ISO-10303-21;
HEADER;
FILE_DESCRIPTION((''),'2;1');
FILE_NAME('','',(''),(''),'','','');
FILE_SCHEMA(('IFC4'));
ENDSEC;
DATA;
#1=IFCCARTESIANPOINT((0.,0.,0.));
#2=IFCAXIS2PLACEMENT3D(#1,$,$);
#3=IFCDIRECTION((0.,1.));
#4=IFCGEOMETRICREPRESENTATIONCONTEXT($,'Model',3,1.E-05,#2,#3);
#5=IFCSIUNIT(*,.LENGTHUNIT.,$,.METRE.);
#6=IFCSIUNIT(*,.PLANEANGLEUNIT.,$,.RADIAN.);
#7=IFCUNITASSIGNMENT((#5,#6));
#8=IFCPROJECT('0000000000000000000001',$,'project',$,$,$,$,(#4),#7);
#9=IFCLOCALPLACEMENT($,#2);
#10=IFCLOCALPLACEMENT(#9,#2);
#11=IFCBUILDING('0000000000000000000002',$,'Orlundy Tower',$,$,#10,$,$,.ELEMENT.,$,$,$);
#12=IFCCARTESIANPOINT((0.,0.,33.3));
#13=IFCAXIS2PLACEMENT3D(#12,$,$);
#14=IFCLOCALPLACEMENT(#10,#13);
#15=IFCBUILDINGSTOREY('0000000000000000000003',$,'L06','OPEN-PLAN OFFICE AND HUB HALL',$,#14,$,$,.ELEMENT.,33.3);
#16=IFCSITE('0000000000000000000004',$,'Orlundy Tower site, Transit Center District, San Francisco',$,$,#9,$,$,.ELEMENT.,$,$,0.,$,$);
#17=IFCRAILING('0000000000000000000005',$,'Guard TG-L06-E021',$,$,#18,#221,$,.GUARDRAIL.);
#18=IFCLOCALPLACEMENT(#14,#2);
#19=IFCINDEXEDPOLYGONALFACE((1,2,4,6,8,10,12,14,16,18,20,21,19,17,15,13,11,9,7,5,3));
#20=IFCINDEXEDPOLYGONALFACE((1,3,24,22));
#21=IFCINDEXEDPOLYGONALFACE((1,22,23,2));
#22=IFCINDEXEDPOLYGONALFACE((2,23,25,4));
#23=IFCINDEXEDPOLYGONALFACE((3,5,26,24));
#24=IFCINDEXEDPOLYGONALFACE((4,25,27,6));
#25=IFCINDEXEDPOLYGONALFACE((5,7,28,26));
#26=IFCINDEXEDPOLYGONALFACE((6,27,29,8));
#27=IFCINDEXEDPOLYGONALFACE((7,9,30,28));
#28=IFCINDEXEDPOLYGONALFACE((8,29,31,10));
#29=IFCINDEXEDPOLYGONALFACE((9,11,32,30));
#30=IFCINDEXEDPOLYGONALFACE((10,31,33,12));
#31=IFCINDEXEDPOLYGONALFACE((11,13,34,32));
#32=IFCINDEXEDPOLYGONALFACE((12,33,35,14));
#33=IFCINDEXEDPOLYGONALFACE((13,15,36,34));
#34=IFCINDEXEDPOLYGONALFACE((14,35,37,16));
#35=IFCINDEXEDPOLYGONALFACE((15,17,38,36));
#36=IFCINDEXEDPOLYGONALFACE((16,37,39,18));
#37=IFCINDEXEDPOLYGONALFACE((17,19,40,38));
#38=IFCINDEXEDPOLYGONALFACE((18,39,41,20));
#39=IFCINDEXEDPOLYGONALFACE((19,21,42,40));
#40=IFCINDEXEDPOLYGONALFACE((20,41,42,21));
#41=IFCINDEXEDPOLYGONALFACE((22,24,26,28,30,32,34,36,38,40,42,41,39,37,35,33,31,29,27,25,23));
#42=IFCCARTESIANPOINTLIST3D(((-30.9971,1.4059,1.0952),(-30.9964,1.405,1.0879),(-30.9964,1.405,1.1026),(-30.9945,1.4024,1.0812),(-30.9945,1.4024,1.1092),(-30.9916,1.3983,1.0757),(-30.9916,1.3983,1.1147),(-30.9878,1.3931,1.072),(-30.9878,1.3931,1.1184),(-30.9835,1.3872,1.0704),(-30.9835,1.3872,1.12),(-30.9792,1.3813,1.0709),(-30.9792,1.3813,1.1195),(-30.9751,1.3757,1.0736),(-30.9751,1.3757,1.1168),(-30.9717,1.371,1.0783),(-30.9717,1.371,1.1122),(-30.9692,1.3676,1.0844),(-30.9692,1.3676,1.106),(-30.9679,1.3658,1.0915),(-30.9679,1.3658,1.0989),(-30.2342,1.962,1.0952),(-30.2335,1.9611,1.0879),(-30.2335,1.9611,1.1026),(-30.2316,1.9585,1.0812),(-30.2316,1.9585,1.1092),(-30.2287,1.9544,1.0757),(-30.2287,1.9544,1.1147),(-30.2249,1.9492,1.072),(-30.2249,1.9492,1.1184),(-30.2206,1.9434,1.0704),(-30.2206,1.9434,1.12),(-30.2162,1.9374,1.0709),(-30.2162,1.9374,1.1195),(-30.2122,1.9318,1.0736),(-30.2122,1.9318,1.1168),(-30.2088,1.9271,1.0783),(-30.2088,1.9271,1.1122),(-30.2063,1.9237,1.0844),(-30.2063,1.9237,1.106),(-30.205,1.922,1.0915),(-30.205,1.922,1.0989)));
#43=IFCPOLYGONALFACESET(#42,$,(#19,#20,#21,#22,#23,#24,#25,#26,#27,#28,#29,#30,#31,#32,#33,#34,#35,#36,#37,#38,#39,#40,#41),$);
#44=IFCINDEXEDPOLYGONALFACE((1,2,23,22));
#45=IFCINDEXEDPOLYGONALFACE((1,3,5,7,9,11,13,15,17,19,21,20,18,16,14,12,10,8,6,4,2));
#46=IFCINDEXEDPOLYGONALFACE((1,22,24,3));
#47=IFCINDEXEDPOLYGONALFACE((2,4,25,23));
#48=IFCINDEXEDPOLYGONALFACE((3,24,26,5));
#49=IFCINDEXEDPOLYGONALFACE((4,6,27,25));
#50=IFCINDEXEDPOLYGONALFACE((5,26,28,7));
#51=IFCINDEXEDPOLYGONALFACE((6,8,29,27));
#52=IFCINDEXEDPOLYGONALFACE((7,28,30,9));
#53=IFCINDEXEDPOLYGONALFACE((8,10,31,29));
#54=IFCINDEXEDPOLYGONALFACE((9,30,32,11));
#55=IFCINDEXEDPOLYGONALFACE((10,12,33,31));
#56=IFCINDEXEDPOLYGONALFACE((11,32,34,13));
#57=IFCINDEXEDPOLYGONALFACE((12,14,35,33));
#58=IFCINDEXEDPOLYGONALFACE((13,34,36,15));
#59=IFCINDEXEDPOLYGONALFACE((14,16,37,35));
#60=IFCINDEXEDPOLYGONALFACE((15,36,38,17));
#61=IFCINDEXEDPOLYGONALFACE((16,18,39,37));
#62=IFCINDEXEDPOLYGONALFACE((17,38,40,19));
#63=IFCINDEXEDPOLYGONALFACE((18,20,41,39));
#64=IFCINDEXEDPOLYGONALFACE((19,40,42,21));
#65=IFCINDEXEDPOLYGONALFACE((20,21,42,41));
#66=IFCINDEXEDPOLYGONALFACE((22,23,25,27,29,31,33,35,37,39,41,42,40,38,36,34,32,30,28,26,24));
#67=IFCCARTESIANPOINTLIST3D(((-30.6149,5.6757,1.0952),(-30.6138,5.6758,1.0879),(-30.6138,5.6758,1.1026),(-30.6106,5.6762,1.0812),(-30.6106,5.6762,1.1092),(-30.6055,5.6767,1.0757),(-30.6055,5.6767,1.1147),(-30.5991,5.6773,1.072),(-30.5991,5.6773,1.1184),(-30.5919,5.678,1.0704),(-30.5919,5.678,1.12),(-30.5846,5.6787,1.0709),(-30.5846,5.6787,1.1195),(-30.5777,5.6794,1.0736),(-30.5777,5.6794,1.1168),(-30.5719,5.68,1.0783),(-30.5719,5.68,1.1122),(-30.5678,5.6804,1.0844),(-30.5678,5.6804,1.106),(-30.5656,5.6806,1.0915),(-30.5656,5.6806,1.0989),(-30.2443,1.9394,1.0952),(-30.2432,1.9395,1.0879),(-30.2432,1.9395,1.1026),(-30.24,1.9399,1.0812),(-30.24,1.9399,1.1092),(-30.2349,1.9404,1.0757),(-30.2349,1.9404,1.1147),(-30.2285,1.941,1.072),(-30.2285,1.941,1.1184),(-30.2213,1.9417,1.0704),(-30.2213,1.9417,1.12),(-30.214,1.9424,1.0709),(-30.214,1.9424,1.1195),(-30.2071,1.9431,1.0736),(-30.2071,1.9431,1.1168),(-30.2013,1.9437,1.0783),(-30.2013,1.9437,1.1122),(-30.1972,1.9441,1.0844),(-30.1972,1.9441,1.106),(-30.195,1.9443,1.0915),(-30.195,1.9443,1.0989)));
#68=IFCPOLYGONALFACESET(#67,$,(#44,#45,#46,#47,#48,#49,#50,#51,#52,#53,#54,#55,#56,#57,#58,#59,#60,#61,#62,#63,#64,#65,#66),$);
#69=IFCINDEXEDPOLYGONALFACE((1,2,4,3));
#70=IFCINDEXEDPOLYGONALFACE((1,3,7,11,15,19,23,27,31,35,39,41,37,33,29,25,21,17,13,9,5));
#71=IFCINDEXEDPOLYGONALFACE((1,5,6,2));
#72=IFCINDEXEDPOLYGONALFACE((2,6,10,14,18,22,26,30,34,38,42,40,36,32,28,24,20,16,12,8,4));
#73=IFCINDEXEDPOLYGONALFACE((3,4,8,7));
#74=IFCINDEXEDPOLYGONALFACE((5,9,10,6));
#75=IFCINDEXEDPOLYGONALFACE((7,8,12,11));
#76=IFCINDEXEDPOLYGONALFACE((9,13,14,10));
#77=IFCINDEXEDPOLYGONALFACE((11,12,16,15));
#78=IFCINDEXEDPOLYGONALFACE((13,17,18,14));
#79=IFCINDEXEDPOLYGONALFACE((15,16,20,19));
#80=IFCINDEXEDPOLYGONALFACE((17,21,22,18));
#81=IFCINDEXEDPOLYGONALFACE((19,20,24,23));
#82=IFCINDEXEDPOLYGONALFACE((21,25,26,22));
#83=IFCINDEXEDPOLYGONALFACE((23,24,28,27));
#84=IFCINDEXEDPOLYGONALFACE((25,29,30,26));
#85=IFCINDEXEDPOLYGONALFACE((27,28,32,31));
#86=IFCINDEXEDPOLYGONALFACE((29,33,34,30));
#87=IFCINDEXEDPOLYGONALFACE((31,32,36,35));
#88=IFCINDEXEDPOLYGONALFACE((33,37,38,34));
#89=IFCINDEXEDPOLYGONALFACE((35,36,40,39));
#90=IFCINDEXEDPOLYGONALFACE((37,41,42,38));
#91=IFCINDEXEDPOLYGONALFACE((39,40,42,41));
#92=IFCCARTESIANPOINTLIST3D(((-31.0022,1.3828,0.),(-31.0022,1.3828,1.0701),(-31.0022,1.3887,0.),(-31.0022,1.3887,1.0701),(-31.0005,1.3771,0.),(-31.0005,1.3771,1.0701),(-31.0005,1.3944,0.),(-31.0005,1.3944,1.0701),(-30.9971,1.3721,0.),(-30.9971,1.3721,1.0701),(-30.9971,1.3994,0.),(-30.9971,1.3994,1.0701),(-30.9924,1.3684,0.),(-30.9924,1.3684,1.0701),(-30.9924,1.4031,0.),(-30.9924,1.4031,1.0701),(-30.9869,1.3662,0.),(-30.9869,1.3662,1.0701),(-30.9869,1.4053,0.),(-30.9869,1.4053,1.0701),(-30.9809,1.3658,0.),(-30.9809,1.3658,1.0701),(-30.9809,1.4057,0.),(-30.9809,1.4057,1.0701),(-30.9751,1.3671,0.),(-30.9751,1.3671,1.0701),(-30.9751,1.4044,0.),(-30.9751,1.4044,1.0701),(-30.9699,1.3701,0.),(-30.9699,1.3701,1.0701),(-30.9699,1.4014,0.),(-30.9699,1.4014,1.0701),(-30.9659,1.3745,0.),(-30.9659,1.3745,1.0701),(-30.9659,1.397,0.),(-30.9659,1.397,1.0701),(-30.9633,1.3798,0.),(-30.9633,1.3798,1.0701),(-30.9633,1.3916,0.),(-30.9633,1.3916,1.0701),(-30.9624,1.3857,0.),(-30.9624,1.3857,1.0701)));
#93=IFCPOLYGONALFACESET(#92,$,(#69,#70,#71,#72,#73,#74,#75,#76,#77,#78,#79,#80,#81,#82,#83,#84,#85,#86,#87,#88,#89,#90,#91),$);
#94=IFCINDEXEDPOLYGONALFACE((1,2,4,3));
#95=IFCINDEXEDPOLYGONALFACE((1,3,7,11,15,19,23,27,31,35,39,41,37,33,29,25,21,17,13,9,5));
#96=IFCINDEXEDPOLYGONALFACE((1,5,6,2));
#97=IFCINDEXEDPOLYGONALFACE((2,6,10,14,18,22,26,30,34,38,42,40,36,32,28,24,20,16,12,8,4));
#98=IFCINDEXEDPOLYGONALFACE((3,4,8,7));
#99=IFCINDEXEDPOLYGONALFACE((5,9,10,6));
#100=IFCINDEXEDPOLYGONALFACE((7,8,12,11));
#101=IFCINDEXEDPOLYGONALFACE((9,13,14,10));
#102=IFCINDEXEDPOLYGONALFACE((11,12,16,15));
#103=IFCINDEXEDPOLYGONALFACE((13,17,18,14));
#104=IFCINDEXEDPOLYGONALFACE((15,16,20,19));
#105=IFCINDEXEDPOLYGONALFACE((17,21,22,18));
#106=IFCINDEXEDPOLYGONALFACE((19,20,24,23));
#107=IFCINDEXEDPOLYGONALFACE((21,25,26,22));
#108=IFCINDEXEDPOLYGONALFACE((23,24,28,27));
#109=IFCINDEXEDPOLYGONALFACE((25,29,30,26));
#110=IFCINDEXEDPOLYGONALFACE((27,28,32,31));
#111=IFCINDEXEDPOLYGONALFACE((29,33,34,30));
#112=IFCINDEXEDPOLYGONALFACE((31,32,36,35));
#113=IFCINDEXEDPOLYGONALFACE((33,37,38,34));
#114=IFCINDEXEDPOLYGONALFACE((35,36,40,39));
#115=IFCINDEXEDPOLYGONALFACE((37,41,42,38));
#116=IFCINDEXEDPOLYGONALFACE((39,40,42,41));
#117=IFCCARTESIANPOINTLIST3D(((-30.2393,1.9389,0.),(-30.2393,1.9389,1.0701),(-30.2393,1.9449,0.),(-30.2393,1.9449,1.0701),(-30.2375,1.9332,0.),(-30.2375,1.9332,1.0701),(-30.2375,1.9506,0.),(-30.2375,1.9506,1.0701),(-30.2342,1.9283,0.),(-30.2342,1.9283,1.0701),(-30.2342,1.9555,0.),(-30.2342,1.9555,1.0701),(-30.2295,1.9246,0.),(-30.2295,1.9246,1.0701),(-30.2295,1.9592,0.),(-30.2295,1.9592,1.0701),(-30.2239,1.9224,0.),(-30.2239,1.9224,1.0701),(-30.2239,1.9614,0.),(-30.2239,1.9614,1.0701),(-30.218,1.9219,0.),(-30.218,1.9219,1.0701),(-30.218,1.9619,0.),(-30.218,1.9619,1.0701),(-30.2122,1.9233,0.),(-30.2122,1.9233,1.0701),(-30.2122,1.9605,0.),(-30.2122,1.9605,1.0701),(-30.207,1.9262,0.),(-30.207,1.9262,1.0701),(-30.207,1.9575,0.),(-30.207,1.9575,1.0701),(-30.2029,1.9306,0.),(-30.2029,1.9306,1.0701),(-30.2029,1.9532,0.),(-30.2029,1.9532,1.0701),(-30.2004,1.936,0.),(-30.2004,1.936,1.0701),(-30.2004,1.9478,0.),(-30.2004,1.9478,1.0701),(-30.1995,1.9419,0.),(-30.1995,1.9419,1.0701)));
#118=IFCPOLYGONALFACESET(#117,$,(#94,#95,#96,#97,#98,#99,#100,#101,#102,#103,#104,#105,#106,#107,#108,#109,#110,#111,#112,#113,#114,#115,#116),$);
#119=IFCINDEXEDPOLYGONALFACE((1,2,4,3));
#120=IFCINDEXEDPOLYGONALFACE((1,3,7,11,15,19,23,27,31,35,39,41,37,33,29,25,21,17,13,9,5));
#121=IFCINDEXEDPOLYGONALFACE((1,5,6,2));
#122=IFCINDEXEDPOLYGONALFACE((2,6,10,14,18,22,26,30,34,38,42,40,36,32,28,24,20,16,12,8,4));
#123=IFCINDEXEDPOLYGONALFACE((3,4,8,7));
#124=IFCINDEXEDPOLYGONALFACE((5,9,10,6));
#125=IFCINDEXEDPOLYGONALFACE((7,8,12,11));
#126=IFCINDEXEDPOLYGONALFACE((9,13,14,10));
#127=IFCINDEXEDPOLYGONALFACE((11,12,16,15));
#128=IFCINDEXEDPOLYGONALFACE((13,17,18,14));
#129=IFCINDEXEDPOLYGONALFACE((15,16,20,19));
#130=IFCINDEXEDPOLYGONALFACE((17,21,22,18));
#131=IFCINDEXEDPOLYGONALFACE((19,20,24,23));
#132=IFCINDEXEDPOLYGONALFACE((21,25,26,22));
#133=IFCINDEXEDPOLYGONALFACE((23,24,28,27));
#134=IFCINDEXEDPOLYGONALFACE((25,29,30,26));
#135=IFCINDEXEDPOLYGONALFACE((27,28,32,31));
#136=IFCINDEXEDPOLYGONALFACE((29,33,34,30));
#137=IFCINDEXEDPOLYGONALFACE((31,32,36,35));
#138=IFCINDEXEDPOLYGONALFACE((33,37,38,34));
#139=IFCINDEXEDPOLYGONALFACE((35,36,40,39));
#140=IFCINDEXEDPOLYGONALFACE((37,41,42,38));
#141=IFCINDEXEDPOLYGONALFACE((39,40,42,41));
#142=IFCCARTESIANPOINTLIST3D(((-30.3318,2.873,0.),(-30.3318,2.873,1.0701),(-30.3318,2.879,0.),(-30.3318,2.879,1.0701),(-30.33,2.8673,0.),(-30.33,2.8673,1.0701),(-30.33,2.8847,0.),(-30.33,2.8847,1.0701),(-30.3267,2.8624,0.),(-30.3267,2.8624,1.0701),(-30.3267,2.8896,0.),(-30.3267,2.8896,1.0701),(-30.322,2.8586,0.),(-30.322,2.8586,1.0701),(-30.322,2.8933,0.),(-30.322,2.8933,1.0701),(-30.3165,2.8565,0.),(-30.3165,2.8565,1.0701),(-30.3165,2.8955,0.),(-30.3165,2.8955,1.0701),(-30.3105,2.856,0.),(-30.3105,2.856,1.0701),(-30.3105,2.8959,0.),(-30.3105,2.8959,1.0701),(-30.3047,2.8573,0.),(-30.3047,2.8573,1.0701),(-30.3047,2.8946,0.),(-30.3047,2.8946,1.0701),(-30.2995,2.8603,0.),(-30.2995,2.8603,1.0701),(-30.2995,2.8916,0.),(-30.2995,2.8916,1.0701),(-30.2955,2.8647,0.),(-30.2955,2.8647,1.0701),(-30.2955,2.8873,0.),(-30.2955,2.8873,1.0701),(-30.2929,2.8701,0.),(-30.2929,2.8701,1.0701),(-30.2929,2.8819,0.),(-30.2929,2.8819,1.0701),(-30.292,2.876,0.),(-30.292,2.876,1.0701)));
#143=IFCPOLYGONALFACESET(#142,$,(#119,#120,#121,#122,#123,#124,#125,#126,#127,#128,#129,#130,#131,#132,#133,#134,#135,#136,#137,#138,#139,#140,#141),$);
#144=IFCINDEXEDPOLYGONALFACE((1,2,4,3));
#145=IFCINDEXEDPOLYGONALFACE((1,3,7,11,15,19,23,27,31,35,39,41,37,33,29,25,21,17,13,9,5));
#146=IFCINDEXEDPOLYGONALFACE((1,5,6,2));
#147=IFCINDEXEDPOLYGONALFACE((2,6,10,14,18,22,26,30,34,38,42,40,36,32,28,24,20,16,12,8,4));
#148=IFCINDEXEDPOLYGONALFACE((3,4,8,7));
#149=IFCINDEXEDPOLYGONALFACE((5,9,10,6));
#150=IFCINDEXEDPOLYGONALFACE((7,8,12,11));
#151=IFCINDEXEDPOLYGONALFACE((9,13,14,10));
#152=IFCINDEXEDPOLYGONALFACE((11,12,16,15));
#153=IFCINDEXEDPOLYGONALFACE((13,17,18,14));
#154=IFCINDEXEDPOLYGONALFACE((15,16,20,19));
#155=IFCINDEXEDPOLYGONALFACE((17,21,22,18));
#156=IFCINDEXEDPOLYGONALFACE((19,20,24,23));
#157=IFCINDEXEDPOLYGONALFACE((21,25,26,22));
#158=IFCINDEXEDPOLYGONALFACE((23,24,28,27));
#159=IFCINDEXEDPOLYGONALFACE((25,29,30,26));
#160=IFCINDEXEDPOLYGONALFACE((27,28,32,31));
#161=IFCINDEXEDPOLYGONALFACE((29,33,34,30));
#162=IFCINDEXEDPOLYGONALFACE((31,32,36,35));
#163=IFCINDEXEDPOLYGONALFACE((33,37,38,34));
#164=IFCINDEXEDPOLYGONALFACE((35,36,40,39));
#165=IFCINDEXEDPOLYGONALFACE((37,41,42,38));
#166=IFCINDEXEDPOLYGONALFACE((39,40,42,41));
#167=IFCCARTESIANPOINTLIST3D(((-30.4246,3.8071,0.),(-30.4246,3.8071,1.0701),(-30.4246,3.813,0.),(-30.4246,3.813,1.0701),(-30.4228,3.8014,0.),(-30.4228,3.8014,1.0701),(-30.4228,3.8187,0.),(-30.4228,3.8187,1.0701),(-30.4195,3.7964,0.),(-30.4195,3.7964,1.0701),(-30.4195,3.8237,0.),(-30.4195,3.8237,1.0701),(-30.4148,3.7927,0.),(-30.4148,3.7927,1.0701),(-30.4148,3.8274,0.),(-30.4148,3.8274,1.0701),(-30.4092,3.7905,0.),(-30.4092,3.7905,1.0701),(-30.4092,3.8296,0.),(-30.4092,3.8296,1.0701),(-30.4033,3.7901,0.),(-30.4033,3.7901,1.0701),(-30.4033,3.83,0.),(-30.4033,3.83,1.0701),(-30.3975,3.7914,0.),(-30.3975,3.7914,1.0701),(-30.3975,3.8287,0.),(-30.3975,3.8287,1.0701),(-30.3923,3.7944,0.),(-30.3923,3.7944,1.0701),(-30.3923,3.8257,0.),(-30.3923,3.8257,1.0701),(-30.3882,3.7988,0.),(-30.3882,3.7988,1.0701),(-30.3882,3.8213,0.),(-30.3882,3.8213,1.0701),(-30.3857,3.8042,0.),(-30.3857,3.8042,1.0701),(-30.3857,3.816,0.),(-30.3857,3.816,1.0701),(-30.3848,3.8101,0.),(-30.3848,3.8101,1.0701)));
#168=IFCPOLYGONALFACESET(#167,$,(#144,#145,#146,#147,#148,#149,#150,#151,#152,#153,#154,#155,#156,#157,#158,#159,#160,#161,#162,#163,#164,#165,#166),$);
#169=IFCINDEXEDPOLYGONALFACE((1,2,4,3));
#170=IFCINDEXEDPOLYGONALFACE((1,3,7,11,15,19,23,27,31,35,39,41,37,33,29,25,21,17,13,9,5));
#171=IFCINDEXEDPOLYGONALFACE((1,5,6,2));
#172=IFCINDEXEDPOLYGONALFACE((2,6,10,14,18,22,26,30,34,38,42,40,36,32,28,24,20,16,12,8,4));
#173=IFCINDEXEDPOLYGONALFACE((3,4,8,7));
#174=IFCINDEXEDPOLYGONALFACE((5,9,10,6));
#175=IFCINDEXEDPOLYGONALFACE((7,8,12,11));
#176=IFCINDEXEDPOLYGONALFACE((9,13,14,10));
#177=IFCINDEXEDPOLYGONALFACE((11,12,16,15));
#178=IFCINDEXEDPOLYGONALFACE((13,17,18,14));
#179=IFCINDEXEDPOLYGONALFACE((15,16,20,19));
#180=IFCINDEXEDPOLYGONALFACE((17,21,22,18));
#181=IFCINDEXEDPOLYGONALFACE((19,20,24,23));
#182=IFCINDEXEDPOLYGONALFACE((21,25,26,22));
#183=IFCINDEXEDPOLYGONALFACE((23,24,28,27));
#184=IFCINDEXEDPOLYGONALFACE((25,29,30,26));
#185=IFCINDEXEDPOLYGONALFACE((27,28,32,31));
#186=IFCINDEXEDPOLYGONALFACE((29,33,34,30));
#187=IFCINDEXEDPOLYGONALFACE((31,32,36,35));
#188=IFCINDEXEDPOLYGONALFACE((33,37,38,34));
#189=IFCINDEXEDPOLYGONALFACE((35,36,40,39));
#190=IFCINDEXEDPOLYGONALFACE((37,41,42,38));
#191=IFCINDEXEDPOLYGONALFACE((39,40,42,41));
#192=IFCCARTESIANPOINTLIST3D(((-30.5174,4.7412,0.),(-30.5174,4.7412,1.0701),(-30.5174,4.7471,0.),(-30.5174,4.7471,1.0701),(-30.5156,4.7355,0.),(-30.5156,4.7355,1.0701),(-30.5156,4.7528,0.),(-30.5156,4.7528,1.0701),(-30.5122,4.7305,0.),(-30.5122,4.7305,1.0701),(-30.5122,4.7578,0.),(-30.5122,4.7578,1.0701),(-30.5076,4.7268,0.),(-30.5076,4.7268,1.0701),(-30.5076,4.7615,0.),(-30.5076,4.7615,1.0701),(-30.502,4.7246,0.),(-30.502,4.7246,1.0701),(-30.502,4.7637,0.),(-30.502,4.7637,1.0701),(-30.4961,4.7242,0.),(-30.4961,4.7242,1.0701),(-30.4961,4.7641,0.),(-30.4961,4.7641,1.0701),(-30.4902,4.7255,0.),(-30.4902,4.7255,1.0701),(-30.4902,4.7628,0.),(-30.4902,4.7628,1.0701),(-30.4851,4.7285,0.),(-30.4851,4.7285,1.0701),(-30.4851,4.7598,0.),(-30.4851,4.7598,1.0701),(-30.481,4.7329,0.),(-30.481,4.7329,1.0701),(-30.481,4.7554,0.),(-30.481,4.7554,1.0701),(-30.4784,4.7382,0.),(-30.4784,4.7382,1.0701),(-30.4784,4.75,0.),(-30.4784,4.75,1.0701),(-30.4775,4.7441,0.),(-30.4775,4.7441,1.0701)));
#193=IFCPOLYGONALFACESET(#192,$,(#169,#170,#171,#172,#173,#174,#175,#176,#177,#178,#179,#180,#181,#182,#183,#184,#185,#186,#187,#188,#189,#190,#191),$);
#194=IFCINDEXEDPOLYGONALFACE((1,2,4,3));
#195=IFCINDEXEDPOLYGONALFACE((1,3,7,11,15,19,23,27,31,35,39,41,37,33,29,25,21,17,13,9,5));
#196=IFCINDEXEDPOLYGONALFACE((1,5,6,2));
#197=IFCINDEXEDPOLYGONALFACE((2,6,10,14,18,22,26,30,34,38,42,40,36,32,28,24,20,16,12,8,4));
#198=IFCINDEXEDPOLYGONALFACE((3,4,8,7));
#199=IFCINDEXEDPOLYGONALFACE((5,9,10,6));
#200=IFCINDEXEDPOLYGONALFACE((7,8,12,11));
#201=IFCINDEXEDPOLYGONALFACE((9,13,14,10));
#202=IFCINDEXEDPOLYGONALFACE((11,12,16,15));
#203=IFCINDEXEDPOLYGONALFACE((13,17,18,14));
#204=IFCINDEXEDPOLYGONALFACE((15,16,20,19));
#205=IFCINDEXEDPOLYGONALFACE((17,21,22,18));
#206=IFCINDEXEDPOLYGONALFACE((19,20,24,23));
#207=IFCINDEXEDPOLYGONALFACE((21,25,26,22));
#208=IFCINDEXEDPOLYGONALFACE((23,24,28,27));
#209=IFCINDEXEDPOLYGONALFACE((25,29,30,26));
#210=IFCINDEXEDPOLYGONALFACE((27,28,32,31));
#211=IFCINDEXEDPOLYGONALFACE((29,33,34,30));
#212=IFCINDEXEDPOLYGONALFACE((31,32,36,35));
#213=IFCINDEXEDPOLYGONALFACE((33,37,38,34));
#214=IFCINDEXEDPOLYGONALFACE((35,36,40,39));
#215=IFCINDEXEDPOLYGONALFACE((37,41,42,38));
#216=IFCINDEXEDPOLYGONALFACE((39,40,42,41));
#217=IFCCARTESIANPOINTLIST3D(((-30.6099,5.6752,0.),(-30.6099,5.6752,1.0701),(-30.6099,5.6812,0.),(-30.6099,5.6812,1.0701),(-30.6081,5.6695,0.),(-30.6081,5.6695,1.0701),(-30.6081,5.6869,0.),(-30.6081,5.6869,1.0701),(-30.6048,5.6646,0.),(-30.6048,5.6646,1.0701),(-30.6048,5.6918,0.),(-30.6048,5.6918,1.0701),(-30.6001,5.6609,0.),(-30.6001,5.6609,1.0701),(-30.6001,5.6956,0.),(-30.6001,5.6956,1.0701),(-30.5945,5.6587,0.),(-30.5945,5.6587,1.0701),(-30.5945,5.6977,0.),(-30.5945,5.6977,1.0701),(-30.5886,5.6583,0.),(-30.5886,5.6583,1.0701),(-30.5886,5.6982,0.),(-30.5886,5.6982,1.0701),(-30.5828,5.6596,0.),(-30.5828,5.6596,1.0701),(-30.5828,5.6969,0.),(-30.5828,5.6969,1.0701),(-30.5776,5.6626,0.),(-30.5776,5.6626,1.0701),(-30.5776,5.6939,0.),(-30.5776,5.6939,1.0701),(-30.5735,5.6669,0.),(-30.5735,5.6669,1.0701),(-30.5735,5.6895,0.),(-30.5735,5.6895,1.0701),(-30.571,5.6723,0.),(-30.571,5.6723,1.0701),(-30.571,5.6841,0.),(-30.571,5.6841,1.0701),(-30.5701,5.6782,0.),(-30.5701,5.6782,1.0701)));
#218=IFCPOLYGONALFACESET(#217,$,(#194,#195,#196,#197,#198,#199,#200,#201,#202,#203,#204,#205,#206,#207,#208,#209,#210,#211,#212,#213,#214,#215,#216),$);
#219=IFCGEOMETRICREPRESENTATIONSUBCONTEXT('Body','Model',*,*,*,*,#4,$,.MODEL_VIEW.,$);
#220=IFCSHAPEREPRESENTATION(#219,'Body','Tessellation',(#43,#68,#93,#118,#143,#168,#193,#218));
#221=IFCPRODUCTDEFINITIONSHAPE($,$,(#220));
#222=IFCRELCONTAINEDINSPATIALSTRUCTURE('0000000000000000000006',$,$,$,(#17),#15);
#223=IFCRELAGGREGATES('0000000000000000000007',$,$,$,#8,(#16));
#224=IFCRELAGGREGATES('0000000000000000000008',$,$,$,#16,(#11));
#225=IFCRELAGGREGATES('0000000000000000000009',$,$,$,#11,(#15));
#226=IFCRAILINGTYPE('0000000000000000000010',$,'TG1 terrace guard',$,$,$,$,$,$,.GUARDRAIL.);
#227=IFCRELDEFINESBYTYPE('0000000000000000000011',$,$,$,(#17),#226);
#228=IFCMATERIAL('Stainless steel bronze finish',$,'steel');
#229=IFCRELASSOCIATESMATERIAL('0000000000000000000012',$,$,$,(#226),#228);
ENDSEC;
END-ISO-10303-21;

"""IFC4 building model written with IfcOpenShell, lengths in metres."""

from ifc_helpers import new_model, si_unit, direction, frame, origin, origin_2d, place, context, subcontext, project, spatial, circle, extrude, material, type_object, element, save


model = new_model("IFC4")

# Units and contexts
model_context = context("Model", 3, precision=1e-05, world=origin(), true_north=direction((0.0, 1.0)))
body_context = subcontext(model_context, "Body", "Model", "MODEL_VIEW")
ifc_project = project(units=[si_unit("LENGTHUNIT", "METRE"), si_unit("PLANEANGLEUNIT", "RADIAN")], contexts=[model_context])

# Site, building, storey
site_placement = place(None, origin())
site = spatial("IfcSite", under=ifc_project, at=site_placement, Name="Orlundy Tower site, Transit Center District, San Francisco", CompositionType="ELEMENT", RefElevation=0.0)
building_placement = place(site_placement, origin())
building = spatial("IfcBuilding", under=site, at=building_placement, Name="Orlundy Tower", CompositionType="ELEMENT")
storey_placement = place(building_placement, frame((0.0, 0.0, 33.3)))
storey = spatial("IfcBuildingStorey", under=building, at=storey_placement, Name="L06", Description="OPEN-PLAN OFFICE AND HUB HALL", CompositionType="ELEMENT", Elevation=33.3)

# Railing
ifc_material_1 = material(Name="Stainless steel bronze finish", Category="steel")
railing_type = type_object("IfcRailingType", Name="TG1 terrace guard", PredefinedType="GUARDRAIL", material=ifc_material_1)
railing_1_placement = place(storey_placement, frame((-30.9824, 1.3857, 0.0)))
element("IfcRailing", 1, at=railing_1_placement, inside=storey, type_object=railing_type, Name="Guard TG-L06-E021", PredefinedType="GUARDRAIL", context=body_context, shape_type="SweptSolid", body=[
    extrude(circle(Radius=0.0249, at=origin_2d()), frame((0.0, 0.0, 1.0952), z_axis=(0.808087, 0.589063, 0.0), x_axis=(-0.589063, 0.808087, 0.0)), (0.0, 0.0, 1.0), 0.9441),
    extrude(circle(Radius=0.0249, at=origin_2d()), frame((0.7629, 0.5562, 1.0952), z_axis=(-0.098705, 0.995117, 0.0), x_axis=(-0.995117, -0.098705, 0.0)), (0.0, 0.0, 1.0), 3.7546),
    extrude(circle(Radius=0.02, at=origin_2d()), origin(), (0.0, 0.0, 1.0), 1.0701),
    extrude(circle(Radius=0.02, at=origin_2d()), frame((0.7629, 0.5562, 0.0)), (0.0, 0.0, 1.0), 1.0701),
    extrude(circle(Radius=0.02, at=origin_2d()), frame((0.6704, 1.4902, 0.0)), (0.0, 0.0, 1.0), 1.0701),
    extrude(circle(Radius=0.02, at=origin_2d()), frame((0.5776, 2.4243, 0.0)), (0.0, 0.0, 1.0), 1.0701),
    extrude(circle(Radius=0.02, at=origin_2d()), frame((0.4849, 3.3584, 0.0)), (0.0, 0.0, 1.0), 1.0701),
    extrude(circle(Radius=0.02, at=origin_2d()), frame((0.3923, 4.2925, 0.0)), (0.0, 0.0, 1.0), 1.0701),
])

save(model, "model.ifc")
